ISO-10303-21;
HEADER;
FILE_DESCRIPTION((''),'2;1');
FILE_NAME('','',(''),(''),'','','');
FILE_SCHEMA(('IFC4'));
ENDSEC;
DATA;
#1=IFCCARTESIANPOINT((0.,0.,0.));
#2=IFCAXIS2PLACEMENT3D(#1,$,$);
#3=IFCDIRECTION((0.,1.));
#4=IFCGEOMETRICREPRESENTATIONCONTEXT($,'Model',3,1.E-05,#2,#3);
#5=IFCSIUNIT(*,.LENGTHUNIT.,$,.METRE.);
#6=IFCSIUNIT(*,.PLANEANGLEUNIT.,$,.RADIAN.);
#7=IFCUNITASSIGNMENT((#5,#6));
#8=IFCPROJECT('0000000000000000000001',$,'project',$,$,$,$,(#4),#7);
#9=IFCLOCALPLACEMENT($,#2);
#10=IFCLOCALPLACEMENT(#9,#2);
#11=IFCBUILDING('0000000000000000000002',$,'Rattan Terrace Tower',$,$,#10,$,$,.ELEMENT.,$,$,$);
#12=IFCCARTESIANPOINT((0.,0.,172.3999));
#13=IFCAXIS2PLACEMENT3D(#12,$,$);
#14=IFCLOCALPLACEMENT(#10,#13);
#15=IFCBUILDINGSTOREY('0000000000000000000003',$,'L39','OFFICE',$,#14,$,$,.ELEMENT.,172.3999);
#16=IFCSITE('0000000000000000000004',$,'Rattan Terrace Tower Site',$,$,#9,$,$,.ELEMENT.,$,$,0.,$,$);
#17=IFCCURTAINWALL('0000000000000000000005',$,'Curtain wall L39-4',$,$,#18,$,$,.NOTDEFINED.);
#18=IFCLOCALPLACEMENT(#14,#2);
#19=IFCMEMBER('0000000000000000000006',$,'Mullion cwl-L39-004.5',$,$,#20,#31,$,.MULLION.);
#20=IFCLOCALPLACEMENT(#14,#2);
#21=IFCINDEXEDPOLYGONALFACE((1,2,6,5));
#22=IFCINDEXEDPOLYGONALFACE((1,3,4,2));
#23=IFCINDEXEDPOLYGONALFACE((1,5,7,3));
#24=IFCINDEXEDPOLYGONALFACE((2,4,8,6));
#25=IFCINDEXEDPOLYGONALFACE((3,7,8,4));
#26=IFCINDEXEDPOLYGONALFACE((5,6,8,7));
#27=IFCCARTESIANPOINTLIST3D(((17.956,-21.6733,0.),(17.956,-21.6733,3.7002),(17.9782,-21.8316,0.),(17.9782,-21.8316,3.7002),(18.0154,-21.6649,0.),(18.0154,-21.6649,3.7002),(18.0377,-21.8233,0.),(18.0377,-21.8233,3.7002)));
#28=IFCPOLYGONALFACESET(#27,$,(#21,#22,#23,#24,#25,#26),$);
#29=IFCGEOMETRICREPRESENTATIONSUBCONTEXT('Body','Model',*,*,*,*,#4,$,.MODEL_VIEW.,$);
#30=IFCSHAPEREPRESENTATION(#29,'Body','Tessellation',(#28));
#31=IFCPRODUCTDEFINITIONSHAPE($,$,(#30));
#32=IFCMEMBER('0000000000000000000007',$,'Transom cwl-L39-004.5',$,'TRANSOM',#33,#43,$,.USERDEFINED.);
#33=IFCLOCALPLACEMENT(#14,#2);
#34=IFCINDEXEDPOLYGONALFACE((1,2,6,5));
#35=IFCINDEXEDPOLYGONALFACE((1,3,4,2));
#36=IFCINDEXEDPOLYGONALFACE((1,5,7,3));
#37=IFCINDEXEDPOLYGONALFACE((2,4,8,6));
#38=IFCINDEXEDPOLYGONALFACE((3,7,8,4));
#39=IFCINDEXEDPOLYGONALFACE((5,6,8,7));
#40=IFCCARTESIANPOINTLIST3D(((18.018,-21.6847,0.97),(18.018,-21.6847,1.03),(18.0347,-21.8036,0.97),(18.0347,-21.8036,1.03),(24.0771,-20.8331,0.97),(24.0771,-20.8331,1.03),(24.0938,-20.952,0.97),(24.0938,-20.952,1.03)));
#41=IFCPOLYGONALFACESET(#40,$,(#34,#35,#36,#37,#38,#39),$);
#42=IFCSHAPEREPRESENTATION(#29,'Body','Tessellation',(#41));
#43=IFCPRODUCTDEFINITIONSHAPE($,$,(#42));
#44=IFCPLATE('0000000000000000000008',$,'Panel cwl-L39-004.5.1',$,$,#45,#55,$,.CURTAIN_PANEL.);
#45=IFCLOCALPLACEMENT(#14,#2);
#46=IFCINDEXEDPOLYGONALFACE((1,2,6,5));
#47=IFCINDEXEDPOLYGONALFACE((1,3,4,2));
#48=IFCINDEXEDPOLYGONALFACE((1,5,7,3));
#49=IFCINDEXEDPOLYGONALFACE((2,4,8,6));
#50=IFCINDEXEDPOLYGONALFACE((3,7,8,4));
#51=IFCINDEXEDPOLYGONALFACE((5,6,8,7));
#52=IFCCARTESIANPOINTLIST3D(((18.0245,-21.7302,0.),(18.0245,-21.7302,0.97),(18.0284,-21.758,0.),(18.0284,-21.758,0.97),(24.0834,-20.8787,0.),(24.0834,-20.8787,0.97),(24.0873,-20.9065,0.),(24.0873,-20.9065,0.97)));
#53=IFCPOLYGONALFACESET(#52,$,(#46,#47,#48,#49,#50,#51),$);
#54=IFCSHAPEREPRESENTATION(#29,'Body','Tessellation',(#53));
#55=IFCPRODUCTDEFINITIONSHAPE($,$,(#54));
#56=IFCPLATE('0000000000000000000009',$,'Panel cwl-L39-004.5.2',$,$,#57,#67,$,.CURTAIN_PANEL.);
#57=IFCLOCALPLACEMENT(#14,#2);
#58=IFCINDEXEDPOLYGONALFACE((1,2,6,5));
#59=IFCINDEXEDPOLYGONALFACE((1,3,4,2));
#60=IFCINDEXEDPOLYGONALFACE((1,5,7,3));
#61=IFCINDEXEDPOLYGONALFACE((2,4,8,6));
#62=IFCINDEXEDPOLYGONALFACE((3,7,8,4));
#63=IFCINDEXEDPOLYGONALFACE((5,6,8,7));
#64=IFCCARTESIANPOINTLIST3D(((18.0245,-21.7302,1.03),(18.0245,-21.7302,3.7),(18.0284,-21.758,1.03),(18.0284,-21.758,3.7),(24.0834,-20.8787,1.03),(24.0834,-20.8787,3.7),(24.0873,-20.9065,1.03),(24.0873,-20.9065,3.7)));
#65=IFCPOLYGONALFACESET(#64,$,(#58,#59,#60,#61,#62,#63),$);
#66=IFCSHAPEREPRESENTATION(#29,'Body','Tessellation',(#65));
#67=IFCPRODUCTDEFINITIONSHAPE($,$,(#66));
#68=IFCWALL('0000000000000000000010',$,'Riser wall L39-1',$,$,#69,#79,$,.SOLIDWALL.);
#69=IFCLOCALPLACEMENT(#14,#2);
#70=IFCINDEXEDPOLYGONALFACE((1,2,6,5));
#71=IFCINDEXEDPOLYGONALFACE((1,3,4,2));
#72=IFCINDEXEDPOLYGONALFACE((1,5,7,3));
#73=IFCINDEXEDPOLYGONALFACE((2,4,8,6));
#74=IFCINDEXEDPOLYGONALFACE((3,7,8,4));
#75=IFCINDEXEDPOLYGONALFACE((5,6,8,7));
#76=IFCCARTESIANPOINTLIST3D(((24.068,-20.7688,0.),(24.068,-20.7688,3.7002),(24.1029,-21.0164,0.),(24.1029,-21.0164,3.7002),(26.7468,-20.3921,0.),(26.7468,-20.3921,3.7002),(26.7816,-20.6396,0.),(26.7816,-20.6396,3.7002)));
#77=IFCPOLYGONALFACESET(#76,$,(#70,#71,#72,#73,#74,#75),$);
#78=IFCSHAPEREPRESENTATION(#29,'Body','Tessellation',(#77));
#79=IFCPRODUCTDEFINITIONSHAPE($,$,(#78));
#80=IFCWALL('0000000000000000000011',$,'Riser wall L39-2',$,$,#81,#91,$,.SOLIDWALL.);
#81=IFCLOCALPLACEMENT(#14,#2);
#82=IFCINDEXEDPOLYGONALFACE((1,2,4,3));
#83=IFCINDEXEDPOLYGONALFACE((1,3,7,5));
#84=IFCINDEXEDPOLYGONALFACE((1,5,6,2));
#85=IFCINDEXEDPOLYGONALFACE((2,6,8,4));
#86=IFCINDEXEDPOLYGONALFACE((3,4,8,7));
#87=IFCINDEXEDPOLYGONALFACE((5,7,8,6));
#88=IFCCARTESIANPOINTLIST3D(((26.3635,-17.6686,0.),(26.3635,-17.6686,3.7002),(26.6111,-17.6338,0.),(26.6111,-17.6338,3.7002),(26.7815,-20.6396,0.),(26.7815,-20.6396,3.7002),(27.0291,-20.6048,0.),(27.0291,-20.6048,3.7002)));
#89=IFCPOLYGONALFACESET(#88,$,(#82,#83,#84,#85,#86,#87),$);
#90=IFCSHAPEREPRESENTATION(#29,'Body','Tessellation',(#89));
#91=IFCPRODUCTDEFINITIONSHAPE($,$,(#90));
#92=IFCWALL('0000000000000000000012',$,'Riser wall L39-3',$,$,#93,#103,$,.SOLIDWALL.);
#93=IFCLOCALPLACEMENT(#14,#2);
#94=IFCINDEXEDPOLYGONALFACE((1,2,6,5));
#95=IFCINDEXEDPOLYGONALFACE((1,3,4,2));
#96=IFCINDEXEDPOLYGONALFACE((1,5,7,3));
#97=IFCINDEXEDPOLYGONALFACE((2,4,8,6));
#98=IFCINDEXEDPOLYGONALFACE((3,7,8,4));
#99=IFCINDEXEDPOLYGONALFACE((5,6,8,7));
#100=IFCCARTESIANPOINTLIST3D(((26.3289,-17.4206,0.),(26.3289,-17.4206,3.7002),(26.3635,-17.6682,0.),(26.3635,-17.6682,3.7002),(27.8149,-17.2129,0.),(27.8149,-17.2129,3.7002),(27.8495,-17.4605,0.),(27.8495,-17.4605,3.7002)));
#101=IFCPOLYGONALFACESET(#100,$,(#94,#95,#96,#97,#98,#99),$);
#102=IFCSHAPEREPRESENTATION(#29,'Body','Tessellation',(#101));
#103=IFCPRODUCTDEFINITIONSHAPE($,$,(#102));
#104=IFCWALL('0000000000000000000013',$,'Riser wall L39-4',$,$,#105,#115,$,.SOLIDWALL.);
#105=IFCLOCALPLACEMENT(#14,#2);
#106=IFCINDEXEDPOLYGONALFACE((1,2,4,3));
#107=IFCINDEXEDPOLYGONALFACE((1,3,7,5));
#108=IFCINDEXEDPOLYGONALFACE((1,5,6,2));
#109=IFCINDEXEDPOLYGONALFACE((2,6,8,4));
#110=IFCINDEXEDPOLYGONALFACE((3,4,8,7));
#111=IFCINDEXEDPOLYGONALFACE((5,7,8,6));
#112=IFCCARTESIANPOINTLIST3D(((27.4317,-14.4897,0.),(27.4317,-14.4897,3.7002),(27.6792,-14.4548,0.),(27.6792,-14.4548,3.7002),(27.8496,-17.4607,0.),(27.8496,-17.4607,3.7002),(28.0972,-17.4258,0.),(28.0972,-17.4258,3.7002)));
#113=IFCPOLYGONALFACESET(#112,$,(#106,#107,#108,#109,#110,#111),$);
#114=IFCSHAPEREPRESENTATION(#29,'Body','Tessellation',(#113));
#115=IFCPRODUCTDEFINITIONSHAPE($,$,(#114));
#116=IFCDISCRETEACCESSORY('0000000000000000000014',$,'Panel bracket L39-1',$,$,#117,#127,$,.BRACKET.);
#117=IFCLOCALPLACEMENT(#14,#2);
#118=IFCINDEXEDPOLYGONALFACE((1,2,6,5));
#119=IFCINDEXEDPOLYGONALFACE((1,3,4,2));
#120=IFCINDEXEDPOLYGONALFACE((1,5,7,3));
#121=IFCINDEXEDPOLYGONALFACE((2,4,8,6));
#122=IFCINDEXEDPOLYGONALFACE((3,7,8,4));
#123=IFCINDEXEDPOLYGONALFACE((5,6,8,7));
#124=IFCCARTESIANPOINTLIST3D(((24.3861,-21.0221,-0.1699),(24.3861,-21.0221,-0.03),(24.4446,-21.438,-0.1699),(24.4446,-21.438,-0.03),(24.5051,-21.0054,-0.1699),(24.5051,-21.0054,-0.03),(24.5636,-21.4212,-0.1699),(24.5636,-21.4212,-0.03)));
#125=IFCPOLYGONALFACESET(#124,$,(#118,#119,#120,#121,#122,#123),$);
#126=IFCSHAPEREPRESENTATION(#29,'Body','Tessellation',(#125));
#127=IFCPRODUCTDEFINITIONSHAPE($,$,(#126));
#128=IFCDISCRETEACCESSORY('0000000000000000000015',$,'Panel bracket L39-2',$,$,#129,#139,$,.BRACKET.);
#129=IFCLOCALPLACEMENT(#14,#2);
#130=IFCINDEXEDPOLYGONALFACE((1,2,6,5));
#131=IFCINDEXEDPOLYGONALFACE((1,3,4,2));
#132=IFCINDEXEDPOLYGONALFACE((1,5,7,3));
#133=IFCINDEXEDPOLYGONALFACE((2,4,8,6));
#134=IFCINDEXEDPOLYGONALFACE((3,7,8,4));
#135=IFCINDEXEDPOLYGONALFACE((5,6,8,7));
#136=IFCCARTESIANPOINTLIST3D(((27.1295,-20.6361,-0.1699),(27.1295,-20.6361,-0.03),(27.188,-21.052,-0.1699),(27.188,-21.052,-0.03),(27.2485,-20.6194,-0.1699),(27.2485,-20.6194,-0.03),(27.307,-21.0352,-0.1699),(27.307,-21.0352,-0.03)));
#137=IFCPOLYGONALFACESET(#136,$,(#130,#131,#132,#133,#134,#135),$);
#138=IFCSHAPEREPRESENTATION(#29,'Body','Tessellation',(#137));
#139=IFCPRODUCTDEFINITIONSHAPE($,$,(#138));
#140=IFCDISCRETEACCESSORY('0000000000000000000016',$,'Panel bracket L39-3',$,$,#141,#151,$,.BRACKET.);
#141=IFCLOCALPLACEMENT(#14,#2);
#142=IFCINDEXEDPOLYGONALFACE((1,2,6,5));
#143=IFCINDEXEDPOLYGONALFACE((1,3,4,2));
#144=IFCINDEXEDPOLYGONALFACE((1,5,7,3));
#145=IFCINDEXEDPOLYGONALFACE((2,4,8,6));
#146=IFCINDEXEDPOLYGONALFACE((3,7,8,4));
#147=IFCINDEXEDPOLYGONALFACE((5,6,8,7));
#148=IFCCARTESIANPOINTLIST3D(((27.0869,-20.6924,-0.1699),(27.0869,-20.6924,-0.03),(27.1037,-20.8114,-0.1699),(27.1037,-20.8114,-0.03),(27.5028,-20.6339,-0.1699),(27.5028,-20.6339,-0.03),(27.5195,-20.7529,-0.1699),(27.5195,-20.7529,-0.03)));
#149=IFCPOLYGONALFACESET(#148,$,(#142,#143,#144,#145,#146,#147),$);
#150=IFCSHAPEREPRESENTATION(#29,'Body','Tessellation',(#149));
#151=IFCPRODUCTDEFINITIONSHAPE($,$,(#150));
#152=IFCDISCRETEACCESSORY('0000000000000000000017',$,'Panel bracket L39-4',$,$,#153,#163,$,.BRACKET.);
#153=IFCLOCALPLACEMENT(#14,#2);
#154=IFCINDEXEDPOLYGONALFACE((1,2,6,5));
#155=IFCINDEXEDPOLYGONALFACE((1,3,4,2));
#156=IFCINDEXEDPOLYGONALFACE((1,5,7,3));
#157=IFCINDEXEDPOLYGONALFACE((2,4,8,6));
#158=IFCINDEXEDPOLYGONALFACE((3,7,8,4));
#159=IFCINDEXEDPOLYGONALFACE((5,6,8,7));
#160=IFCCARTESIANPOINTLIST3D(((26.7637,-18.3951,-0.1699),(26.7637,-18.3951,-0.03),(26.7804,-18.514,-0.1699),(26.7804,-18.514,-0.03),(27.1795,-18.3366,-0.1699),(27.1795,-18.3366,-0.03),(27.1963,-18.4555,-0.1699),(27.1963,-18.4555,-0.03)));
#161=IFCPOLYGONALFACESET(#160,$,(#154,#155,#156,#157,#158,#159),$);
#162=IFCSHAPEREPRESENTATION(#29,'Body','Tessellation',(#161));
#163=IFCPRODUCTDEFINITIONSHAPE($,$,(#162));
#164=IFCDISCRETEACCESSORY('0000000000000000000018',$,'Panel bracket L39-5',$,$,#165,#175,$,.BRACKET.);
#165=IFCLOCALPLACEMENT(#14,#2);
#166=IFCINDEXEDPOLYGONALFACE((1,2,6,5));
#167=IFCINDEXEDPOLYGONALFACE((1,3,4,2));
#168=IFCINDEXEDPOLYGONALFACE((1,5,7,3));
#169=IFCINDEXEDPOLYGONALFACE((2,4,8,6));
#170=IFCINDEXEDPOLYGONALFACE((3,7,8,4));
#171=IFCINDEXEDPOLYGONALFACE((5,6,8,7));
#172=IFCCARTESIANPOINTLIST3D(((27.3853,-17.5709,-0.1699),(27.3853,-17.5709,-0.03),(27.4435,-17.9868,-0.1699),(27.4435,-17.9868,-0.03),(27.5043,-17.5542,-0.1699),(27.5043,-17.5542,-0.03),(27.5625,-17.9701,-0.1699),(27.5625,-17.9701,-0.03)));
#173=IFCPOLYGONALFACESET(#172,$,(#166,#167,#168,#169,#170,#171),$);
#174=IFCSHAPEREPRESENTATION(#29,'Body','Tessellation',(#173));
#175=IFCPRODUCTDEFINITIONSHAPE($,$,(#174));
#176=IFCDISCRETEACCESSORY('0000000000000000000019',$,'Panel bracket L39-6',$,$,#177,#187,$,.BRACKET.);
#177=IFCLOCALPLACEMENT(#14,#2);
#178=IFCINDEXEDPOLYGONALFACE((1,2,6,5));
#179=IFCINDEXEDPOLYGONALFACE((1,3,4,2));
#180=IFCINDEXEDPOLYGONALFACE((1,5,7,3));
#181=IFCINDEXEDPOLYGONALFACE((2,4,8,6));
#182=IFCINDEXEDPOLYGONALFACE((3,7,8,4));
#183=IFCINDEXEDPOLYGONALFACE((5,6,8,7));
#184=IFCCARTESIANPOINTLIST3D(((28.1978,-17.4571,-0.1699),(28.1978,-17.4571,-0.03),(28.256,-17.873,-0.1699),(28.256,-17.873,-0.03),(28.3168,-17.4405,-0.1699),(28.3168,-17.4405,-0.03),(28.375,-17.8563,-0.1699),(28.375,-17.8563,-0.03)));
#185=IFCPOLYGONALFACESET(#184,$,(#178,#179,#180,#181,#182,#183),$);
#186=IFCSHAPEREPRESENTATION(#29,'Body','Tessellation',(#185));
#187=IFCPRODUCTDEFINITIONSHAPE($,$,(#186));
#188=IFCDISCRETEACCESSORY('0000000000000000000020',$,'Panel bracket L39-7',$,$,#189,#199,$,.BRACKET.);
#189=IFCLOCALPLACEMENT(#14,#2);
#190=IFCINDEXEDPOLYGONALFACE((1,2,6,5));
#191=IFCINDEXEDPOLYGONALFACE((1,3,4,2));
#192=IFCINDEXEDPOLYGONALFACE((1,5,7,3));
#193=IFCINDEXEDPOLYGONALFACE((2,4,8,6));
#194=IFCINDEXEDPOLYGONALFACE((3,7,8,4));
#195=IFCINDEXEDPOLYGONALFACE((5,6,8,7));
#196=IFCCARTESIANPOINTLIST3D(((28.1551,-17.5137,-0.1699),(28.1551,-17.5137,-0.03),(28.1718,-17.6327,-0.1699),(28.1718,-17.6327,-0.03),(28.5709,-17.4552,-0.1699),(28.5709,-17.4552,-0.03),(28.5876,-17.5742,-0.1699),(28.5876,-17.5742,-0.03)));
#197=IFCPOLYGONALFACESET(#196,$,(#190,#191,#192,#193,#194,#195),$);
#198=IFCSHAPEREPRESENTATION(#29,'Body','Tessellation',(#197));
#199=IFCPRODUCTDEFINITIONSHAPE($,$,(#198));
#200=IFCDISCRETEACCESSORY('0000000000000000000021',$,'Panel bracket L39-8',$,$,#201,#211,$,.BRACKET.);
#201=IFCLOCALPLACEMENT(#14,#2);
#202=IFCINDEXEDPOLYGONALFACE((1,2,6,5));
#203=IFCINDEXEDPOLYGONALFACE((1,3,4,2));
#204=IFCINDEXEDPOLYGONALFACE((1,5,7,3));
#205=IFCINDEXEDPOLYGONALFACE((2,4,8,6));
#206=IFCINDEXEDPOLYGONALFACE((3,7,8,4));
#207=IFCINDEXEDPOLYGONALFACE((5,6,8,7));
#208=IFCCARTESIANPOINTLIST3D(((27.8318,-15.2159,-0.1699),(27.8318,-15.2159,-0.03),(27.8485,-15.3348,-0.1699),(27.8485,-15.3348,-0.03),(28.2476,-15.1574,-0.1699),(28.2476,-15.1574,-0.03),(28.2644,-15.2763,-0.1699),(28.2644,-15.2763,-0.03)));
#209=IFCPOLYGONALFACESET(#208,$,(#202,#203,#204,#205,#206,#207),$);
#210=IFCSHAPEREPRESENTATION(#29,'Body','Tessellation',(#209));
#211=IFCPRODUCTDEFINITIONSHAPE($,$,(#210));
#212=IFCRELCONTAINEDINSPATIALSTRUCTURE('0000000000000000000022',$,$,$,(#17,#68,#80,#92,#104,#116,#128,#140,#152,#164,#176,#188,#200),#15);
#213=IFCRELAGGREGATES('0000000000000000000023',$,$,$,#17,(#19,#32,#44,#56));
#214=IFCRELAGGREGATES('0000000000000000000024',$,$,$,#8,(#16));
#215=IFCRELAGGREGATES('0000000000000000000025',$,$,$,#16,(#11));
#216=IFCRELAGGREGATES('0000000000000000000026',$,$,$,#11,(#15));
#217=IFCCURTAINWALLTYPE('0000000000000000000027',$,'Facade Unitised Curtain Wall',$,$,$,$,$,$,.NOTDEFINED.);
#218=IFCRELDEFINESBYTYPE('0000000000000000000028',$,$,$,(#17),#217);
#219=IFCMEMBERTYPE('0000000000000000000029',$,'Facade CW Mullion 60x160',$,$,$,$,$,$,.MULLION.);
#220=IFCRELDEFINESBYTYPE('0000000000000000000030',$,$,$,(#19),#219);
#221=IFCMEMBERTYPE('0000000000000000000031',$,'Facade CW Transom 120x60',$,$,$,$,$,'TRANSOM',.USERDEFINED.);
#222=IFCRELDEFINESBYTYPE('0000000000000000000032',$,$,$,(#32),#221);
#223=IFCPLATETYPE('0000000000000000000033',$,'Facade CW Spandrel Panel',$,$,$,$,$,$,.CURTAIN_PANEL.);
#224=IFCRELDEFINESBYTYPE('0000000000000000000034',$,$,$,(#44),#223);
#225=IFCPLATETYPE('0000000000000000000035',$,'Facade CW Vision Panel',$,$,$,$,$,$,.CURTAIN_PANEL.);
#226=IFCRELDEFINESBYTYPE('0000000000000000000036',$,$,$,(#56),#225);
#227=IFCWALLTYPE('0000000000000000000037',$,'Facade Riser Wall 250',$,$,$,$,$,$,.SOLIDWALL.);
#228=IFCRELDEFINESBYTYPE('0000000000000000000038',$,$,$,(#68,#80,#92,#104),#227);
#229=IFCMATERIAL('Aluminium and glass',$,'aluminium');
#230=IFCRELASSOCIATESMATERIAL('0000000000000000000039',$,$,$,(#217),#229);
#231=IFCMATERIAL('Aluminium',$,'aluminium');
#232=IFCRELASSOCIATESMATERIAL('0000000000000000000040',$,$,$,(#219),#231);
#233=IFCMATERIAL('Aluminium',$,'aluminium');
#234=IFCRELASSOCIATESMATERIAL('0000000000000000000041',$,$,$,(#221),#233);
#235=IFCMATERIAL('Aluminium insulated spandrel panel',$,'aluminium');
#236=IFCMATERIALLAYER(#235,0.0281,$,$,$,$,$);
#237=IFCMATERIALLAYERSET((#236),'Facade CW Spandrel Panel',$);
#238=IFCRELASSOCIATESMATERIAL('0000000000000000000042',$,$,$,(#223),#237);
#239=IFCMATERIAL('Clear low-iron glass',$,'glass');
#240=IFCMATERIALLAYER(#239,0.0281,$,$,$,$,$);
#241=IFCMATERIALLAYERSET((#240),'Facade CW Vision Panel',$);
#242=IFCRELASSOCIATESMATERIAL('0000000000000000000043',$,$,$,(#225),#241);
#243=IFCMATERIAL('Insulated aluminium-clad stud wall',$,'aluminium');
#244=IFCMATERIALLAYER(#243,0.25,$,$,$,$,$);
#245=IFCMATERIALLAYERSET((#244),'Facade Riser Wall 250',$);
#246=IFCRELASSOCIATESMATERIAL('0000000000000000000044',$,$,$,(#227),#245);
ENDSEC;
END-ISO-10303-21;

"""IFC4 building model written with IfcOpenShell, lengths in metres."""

from ifc_helpers import new_model, si_unit, direction, frame, frame_2d, origin, origin_2d, place, context, subcontext, project, spatial, rectangle, extrude, material, layer, layer_set, material_profile, profile_set, type_object, element, aggregate, save


model = new_model("IFC4")

# Units and contexts
model_context = context("Model", 3, precision=1e-05, world=origin(), true_north=direction((0.0, 1.0)))
body_context = subcontext(model_context, "Body", "Model", "MODEL_VIEW")
ifc_project = project(units=[si_unit("LENGTHUNIT", "METRE"), si_unit("PLANEANGLEUNIT", "RADIAN")], contexts=[model_context])

# Site, building, storey
site_placement = place(None, origin())
site = spatial("IfcSite", under=ifc_project, at=site_placement, Name="Rattan Terrace Tower Site", CompositionType="ELEMENT", RefElevation=0.0)
building_placement = place(site_placement, origin())
building = spatial("IfcBuilding", under=site, at=building_placement, Name="Rattan Terrace Tower", CompositionType="ELEMENT")
storey_placement = place(building_placement, frame((0.0, 0.0, 172.3999)))
storey = spatial("IfcBuildingStorey", under=building, at=storey_placement, Name="L39", Description="OFFICE", CompositionType="ELEMENT", Elevation=172.3999)

# Curtain wall, members, plates
ifc_material_1 = material(Name="Aluminium and glass", Category="aluminium")
curtain_wall_type = type_object("IfcCurtainWallType", Name="Facade Unitised Curtain Wall", PredefinedType="NOTDEFINED", material=ifc_material_1)
curtain_wall_placement = place(storey_placement, origin())
curtain_wall = element("IfcCurtainWall", 1, at=curtain_wall_placement, inside=storey, type_object=curtain_wall_type, Name="Curtain wall L39-4", PredefinedType="NOTDEFINED")
ifc_material_2 = material(Name="Aluminium", Category="aluminium")
ifc_material_profile_1 = material_profile(ifc_material_2, rectangle(XDim=0.0601, YDim=0.1599, at=origin_2d()), Name="Aluminium 60x160")
ifc_profile_set_1 = profile_set([ifc_material_profile_1], Name="Aluminium")
member_type_1 = type_object("IfcMemberType", Name="Facade CW Mullion 60x160", PredefinedType="MULLION", material=ifc_profile_set_1)
member_1_placement = place(storey_placement, frame((17.9968, -21.7483, 0.0), z_axis=(0.0, 0.0, 1.0), x_axis=(0.99027, 0.139161, 0.0)))
member_1 = element("IfcMember", 2, at=member_1_placement, type_object=member_type_1, Name="Mullion cwl-L39-004.5", PredefinedType="MULLION", context=body_context, shape_type="SweptSolid", body=[
    extrude(rectangle(XDim=0.0601, YDim=0.1599, at=origin_2d()), origin(), (0.0, 0.0, 1.0), 3.7002),
])
ifc_material_3 = material(Name="Aluminium", Category="aluminium")
ifc_material_profile_2 = material_profile(ifc_material_3, rectangle(XDim=0.1201, YDim=0.0601, at=origin_2d()), Name="Aluminium 120x60")
ifc_profile_set_2 = profile_set([ifc_material_profile_2], Name="Aluminium")
member_type_2 = type_object("IfcMemberType", Name="Facade CW Transom 120x60", ElementType="TRANSOM", PredefinedType="USERDEFINED", material=ifc_profile_set_2)
member_2_placement = place(storey_placement, frame((18.0264, -21.7441, 1.0), z_axis=(0.990268, 0.139175, 0.0), x_axis=(-0.139175, 0.990268, 0.0)))
member_2 = element("IfcMember", 3, at=member_2_placement, type_object=member_type_2, Name="Transom cwl-L39-004.5", ObjectType="TRANSOM", PredefinedType="USERDEFINED", context=body_context, shape_type="SweptSolid", body=[
    extrude(rectangle(XDim=0.1201, YDim=0.0601, at=origin_2d()), origin(), (0.0, 0.0, 1.0), 6.1187),
])
ifc_material_4 = material(Name="Aluminium insulated spandrel panel", Category="aluminium")
ifc_layer_1 = layer(ifc_material_4, 0.0281)
ifc_layer_set_1 = layer_set([ifc_layer_1], Name="Facade CW Spandrel Panel")
plate_type_1 = type_object("IfcPlateType", Name="Facade CW Spandrel Panel", PredefinedType="CURTAIN_PANEL", material=ifc_layer_set_1)
plate_1_placement = place(storey_placement, frame((21.0559, -21.3184, 0.0), z_axis=(0.0, 0.0, 1.0), x_axis=(0.99027, 0.139161, 0.0)))
plate_1 = element("IfcPlate", 4, at=plate_1_placement, type_object=plate_type_1, Name="Panel cwl-L39-004.5.1", PredefinedType="CURTAIN_PANEL", context=body_context, shape_type="SweptSolid", body=[
    extrude(rectangle(XDim=6.1184, YDim=0.0281, at=origin_2d()), origin(), (0.0, 0.0, 1.0), 0.97),
])
ifc_material_5 = material(Name="Clear low-iron glass", Category="glass")
ifc_layer_2 = layer(ifc_material_5, 0.0281)
ifc_layer_set_2 = layer_set([ifc_layer_2], Name="Facade CW Vision Panel")
plate_type_2 = type_object("IfcPlateType", Name="Facade CW Vision Panel", PredefinedType="CURTAIN_PANEL", material=ifc_layer_set_2)
plate_2_placement = place(storey_placement, frame((21.0559, -21.3184, 1.03), z_axis=(0.0, 0.0, 1.0), x_axis=(0.99027, 0.139161, 0.0)))
plate_2 = element("IfcPlate", 5, at=plate_2_placement, type_object=plate_type_2, Name="Panel cwl-L39-004.5.2", PredefinedType="CURTAIN_PANEL", context=body_context, shape_type="SweptSolid", body=[
    extrude(rectangle(XDim=6.1184, YDim=0.0281, at=origin_2d()), origin(), (0.0, 0.0, 1.0), 2.6699),
])
aggregate(curtain_wall, [member_1, member_2, plate_1, plate_2])

# Walls
ifc_material_6 = material(Name="Insulated aluminium-clad stud wall", Category="aluminium")
ifc_layer_3 = layer(ifc_material_6, 0.25)
ifc_layer_set_3 = layer_set([ifc_layer_3], Name="Facade Riser Wall 250")
wall_type = type_object("IfcWallType", Name="Facade Riser Wall 250", PredefinedType="SOLIDWALL", material=ifc_layer_set_3)
wall_1_placement = place(storey_placement, frame((24.0854, -20.8926, 0.0), z_axis=(0.0, 0.0, 1.0), x_axis=(0.990256, 0.13926, 0.0)))
element("IfcWall", 6, at=wall_1_placement, inside=storey, type_object=wall_type, Name="Riser wall L39-1", PredefinedType="SOLIDWALL", context=body_context, shape_type="SweptSolid", body=[
    extrude(rectangle(XDim=2.7051, YDim=0.25, at=frame_2d((1.3525, 0.0))), origin(), (0.0, 0.0, 1.0), 3.7002),
])
wall_2_placement = place(storey_placement, frame((26.9053, -20.6221, 0.0), z_axis=(0.0, 0.0, 1.0), x_axis=(-0.139313, 0.990248, 0.0)))
element("IfcWall", 7, at=wall_2_placement, inside=storey, type_object=wall_type, Name="Riser wall L39-2", PredefinedType="SOLIDWALL", context=body_context, shape_type="SweptSolid", body=[
    extrude(rectangle(XDim=3.0002, YDim=0.25, at=frame_2d((1.5, 0.0))), origin(), (0.0, 0.0, 1.0), 3.7002),
])
wall_3_placement = place(storey_placement, frame((26.3462, -17.5444, 0.0), z_axis=(0.0, 0.0, 1.0), x_axis=(0.990368, 0.13846, 0.0)))
element("IfcWall", 8, at=wall_3_placement, inside=storey, type_object=wall_type, Name="Riser wall L39-3", PredefinedType="SOLIDWALL", context=body_context, shape_type="SweptSolid", body=[
    extrude(rectangle(XDim=1.5005, YDim=0.25, at=frame_2d((0.7502, 0.0))), origin(), (0.0, 0.0, 1.0), 3.7002),
])
wall_4_placement = place(storey_placement, frame((27.9734, -17.4431, 0.0), z_axis=(0.0, 0.0, 1.0), x_axis=(-0.139313, 0.990248, 0.0)))
element("IfcWall", 9, at=wall_4_placement, inside=storey, type_object=wall_type, Name="Riser wall L39-4", PredefinedType="SOLIDWALL", context=body_context, shape_type="SweptSolid", body=[
    extrude(rectangle(XDim=3.0002, YDim=0.25, at=frame_2d((1.5, 0.0))), origin(), (0.0, 0.0, 1.0), 3.7002),
])

# Discrete accessories
for number, where, z_axis, x_axis, name in (
    (10, (24.4749, -21.2217, -0.1699), (0.0, 0.0, 1.0), (0.990247, 0.139321, 0.0), "Panel bracket L39-1"),
    (11, (27.2183, -20.8357, -0.1699), (0.0, 0.0, 1.0), (0.990247, 0.139321, 0.0), "Panel bracket L39-2"),
    (12, (27.3032, -20.7227, -0.1699), (0.0, 0.0, 1.0), (-0.139321, 0.990247, 0.0), "Panel bracket L39-3"),
    (13, (26.98, -18.4253, -0.1699), (0.0, 0.0, 1.0), (-0.139321, 0.990247, 0.0), "Panel bracket L39-4"),
    (14, (27.4739, -17.7705, -0.1699), (0.0, 0.0, 1.0), (0.990345, 0.138622, 0.0), "Panel bracket L39-5"),
    (15, (28.2864, -17.6567, -0.1699), (0.0, 0.0, 1.0), (0.990345, 0.138622, 0.0), "Panel bracket L39-6"),
    (16, (28.3713, -17.5439, -0.1699), (0.0, 0.0, 1.0), (-0.139321, 0.990247, 0.0), "Panel bracket L39-7"),
    (17, (28.0481, -15.2461, -0.1699), (0.0, 0.0, 1.0), (-0.139321, 0.990247, 0.0), "Panel bracket L39-8"),
):
    element("IfcDiscreteAccessory", number, at=place(storey_placement, frame(where, z_axis=z_axis, x_axis=x_axis)), inside=storey, Name=name, PredefinedType="BRACKET", context=body_context, shape_type="SweptSolid", body=[
        extrude(rectangle(XDim=0.1201, YDim=0.4199, at=origin_2d()), origin(), (0.0, 0.0, 1.0), 0.1399),
    ])

save(model, "model.ifc")
